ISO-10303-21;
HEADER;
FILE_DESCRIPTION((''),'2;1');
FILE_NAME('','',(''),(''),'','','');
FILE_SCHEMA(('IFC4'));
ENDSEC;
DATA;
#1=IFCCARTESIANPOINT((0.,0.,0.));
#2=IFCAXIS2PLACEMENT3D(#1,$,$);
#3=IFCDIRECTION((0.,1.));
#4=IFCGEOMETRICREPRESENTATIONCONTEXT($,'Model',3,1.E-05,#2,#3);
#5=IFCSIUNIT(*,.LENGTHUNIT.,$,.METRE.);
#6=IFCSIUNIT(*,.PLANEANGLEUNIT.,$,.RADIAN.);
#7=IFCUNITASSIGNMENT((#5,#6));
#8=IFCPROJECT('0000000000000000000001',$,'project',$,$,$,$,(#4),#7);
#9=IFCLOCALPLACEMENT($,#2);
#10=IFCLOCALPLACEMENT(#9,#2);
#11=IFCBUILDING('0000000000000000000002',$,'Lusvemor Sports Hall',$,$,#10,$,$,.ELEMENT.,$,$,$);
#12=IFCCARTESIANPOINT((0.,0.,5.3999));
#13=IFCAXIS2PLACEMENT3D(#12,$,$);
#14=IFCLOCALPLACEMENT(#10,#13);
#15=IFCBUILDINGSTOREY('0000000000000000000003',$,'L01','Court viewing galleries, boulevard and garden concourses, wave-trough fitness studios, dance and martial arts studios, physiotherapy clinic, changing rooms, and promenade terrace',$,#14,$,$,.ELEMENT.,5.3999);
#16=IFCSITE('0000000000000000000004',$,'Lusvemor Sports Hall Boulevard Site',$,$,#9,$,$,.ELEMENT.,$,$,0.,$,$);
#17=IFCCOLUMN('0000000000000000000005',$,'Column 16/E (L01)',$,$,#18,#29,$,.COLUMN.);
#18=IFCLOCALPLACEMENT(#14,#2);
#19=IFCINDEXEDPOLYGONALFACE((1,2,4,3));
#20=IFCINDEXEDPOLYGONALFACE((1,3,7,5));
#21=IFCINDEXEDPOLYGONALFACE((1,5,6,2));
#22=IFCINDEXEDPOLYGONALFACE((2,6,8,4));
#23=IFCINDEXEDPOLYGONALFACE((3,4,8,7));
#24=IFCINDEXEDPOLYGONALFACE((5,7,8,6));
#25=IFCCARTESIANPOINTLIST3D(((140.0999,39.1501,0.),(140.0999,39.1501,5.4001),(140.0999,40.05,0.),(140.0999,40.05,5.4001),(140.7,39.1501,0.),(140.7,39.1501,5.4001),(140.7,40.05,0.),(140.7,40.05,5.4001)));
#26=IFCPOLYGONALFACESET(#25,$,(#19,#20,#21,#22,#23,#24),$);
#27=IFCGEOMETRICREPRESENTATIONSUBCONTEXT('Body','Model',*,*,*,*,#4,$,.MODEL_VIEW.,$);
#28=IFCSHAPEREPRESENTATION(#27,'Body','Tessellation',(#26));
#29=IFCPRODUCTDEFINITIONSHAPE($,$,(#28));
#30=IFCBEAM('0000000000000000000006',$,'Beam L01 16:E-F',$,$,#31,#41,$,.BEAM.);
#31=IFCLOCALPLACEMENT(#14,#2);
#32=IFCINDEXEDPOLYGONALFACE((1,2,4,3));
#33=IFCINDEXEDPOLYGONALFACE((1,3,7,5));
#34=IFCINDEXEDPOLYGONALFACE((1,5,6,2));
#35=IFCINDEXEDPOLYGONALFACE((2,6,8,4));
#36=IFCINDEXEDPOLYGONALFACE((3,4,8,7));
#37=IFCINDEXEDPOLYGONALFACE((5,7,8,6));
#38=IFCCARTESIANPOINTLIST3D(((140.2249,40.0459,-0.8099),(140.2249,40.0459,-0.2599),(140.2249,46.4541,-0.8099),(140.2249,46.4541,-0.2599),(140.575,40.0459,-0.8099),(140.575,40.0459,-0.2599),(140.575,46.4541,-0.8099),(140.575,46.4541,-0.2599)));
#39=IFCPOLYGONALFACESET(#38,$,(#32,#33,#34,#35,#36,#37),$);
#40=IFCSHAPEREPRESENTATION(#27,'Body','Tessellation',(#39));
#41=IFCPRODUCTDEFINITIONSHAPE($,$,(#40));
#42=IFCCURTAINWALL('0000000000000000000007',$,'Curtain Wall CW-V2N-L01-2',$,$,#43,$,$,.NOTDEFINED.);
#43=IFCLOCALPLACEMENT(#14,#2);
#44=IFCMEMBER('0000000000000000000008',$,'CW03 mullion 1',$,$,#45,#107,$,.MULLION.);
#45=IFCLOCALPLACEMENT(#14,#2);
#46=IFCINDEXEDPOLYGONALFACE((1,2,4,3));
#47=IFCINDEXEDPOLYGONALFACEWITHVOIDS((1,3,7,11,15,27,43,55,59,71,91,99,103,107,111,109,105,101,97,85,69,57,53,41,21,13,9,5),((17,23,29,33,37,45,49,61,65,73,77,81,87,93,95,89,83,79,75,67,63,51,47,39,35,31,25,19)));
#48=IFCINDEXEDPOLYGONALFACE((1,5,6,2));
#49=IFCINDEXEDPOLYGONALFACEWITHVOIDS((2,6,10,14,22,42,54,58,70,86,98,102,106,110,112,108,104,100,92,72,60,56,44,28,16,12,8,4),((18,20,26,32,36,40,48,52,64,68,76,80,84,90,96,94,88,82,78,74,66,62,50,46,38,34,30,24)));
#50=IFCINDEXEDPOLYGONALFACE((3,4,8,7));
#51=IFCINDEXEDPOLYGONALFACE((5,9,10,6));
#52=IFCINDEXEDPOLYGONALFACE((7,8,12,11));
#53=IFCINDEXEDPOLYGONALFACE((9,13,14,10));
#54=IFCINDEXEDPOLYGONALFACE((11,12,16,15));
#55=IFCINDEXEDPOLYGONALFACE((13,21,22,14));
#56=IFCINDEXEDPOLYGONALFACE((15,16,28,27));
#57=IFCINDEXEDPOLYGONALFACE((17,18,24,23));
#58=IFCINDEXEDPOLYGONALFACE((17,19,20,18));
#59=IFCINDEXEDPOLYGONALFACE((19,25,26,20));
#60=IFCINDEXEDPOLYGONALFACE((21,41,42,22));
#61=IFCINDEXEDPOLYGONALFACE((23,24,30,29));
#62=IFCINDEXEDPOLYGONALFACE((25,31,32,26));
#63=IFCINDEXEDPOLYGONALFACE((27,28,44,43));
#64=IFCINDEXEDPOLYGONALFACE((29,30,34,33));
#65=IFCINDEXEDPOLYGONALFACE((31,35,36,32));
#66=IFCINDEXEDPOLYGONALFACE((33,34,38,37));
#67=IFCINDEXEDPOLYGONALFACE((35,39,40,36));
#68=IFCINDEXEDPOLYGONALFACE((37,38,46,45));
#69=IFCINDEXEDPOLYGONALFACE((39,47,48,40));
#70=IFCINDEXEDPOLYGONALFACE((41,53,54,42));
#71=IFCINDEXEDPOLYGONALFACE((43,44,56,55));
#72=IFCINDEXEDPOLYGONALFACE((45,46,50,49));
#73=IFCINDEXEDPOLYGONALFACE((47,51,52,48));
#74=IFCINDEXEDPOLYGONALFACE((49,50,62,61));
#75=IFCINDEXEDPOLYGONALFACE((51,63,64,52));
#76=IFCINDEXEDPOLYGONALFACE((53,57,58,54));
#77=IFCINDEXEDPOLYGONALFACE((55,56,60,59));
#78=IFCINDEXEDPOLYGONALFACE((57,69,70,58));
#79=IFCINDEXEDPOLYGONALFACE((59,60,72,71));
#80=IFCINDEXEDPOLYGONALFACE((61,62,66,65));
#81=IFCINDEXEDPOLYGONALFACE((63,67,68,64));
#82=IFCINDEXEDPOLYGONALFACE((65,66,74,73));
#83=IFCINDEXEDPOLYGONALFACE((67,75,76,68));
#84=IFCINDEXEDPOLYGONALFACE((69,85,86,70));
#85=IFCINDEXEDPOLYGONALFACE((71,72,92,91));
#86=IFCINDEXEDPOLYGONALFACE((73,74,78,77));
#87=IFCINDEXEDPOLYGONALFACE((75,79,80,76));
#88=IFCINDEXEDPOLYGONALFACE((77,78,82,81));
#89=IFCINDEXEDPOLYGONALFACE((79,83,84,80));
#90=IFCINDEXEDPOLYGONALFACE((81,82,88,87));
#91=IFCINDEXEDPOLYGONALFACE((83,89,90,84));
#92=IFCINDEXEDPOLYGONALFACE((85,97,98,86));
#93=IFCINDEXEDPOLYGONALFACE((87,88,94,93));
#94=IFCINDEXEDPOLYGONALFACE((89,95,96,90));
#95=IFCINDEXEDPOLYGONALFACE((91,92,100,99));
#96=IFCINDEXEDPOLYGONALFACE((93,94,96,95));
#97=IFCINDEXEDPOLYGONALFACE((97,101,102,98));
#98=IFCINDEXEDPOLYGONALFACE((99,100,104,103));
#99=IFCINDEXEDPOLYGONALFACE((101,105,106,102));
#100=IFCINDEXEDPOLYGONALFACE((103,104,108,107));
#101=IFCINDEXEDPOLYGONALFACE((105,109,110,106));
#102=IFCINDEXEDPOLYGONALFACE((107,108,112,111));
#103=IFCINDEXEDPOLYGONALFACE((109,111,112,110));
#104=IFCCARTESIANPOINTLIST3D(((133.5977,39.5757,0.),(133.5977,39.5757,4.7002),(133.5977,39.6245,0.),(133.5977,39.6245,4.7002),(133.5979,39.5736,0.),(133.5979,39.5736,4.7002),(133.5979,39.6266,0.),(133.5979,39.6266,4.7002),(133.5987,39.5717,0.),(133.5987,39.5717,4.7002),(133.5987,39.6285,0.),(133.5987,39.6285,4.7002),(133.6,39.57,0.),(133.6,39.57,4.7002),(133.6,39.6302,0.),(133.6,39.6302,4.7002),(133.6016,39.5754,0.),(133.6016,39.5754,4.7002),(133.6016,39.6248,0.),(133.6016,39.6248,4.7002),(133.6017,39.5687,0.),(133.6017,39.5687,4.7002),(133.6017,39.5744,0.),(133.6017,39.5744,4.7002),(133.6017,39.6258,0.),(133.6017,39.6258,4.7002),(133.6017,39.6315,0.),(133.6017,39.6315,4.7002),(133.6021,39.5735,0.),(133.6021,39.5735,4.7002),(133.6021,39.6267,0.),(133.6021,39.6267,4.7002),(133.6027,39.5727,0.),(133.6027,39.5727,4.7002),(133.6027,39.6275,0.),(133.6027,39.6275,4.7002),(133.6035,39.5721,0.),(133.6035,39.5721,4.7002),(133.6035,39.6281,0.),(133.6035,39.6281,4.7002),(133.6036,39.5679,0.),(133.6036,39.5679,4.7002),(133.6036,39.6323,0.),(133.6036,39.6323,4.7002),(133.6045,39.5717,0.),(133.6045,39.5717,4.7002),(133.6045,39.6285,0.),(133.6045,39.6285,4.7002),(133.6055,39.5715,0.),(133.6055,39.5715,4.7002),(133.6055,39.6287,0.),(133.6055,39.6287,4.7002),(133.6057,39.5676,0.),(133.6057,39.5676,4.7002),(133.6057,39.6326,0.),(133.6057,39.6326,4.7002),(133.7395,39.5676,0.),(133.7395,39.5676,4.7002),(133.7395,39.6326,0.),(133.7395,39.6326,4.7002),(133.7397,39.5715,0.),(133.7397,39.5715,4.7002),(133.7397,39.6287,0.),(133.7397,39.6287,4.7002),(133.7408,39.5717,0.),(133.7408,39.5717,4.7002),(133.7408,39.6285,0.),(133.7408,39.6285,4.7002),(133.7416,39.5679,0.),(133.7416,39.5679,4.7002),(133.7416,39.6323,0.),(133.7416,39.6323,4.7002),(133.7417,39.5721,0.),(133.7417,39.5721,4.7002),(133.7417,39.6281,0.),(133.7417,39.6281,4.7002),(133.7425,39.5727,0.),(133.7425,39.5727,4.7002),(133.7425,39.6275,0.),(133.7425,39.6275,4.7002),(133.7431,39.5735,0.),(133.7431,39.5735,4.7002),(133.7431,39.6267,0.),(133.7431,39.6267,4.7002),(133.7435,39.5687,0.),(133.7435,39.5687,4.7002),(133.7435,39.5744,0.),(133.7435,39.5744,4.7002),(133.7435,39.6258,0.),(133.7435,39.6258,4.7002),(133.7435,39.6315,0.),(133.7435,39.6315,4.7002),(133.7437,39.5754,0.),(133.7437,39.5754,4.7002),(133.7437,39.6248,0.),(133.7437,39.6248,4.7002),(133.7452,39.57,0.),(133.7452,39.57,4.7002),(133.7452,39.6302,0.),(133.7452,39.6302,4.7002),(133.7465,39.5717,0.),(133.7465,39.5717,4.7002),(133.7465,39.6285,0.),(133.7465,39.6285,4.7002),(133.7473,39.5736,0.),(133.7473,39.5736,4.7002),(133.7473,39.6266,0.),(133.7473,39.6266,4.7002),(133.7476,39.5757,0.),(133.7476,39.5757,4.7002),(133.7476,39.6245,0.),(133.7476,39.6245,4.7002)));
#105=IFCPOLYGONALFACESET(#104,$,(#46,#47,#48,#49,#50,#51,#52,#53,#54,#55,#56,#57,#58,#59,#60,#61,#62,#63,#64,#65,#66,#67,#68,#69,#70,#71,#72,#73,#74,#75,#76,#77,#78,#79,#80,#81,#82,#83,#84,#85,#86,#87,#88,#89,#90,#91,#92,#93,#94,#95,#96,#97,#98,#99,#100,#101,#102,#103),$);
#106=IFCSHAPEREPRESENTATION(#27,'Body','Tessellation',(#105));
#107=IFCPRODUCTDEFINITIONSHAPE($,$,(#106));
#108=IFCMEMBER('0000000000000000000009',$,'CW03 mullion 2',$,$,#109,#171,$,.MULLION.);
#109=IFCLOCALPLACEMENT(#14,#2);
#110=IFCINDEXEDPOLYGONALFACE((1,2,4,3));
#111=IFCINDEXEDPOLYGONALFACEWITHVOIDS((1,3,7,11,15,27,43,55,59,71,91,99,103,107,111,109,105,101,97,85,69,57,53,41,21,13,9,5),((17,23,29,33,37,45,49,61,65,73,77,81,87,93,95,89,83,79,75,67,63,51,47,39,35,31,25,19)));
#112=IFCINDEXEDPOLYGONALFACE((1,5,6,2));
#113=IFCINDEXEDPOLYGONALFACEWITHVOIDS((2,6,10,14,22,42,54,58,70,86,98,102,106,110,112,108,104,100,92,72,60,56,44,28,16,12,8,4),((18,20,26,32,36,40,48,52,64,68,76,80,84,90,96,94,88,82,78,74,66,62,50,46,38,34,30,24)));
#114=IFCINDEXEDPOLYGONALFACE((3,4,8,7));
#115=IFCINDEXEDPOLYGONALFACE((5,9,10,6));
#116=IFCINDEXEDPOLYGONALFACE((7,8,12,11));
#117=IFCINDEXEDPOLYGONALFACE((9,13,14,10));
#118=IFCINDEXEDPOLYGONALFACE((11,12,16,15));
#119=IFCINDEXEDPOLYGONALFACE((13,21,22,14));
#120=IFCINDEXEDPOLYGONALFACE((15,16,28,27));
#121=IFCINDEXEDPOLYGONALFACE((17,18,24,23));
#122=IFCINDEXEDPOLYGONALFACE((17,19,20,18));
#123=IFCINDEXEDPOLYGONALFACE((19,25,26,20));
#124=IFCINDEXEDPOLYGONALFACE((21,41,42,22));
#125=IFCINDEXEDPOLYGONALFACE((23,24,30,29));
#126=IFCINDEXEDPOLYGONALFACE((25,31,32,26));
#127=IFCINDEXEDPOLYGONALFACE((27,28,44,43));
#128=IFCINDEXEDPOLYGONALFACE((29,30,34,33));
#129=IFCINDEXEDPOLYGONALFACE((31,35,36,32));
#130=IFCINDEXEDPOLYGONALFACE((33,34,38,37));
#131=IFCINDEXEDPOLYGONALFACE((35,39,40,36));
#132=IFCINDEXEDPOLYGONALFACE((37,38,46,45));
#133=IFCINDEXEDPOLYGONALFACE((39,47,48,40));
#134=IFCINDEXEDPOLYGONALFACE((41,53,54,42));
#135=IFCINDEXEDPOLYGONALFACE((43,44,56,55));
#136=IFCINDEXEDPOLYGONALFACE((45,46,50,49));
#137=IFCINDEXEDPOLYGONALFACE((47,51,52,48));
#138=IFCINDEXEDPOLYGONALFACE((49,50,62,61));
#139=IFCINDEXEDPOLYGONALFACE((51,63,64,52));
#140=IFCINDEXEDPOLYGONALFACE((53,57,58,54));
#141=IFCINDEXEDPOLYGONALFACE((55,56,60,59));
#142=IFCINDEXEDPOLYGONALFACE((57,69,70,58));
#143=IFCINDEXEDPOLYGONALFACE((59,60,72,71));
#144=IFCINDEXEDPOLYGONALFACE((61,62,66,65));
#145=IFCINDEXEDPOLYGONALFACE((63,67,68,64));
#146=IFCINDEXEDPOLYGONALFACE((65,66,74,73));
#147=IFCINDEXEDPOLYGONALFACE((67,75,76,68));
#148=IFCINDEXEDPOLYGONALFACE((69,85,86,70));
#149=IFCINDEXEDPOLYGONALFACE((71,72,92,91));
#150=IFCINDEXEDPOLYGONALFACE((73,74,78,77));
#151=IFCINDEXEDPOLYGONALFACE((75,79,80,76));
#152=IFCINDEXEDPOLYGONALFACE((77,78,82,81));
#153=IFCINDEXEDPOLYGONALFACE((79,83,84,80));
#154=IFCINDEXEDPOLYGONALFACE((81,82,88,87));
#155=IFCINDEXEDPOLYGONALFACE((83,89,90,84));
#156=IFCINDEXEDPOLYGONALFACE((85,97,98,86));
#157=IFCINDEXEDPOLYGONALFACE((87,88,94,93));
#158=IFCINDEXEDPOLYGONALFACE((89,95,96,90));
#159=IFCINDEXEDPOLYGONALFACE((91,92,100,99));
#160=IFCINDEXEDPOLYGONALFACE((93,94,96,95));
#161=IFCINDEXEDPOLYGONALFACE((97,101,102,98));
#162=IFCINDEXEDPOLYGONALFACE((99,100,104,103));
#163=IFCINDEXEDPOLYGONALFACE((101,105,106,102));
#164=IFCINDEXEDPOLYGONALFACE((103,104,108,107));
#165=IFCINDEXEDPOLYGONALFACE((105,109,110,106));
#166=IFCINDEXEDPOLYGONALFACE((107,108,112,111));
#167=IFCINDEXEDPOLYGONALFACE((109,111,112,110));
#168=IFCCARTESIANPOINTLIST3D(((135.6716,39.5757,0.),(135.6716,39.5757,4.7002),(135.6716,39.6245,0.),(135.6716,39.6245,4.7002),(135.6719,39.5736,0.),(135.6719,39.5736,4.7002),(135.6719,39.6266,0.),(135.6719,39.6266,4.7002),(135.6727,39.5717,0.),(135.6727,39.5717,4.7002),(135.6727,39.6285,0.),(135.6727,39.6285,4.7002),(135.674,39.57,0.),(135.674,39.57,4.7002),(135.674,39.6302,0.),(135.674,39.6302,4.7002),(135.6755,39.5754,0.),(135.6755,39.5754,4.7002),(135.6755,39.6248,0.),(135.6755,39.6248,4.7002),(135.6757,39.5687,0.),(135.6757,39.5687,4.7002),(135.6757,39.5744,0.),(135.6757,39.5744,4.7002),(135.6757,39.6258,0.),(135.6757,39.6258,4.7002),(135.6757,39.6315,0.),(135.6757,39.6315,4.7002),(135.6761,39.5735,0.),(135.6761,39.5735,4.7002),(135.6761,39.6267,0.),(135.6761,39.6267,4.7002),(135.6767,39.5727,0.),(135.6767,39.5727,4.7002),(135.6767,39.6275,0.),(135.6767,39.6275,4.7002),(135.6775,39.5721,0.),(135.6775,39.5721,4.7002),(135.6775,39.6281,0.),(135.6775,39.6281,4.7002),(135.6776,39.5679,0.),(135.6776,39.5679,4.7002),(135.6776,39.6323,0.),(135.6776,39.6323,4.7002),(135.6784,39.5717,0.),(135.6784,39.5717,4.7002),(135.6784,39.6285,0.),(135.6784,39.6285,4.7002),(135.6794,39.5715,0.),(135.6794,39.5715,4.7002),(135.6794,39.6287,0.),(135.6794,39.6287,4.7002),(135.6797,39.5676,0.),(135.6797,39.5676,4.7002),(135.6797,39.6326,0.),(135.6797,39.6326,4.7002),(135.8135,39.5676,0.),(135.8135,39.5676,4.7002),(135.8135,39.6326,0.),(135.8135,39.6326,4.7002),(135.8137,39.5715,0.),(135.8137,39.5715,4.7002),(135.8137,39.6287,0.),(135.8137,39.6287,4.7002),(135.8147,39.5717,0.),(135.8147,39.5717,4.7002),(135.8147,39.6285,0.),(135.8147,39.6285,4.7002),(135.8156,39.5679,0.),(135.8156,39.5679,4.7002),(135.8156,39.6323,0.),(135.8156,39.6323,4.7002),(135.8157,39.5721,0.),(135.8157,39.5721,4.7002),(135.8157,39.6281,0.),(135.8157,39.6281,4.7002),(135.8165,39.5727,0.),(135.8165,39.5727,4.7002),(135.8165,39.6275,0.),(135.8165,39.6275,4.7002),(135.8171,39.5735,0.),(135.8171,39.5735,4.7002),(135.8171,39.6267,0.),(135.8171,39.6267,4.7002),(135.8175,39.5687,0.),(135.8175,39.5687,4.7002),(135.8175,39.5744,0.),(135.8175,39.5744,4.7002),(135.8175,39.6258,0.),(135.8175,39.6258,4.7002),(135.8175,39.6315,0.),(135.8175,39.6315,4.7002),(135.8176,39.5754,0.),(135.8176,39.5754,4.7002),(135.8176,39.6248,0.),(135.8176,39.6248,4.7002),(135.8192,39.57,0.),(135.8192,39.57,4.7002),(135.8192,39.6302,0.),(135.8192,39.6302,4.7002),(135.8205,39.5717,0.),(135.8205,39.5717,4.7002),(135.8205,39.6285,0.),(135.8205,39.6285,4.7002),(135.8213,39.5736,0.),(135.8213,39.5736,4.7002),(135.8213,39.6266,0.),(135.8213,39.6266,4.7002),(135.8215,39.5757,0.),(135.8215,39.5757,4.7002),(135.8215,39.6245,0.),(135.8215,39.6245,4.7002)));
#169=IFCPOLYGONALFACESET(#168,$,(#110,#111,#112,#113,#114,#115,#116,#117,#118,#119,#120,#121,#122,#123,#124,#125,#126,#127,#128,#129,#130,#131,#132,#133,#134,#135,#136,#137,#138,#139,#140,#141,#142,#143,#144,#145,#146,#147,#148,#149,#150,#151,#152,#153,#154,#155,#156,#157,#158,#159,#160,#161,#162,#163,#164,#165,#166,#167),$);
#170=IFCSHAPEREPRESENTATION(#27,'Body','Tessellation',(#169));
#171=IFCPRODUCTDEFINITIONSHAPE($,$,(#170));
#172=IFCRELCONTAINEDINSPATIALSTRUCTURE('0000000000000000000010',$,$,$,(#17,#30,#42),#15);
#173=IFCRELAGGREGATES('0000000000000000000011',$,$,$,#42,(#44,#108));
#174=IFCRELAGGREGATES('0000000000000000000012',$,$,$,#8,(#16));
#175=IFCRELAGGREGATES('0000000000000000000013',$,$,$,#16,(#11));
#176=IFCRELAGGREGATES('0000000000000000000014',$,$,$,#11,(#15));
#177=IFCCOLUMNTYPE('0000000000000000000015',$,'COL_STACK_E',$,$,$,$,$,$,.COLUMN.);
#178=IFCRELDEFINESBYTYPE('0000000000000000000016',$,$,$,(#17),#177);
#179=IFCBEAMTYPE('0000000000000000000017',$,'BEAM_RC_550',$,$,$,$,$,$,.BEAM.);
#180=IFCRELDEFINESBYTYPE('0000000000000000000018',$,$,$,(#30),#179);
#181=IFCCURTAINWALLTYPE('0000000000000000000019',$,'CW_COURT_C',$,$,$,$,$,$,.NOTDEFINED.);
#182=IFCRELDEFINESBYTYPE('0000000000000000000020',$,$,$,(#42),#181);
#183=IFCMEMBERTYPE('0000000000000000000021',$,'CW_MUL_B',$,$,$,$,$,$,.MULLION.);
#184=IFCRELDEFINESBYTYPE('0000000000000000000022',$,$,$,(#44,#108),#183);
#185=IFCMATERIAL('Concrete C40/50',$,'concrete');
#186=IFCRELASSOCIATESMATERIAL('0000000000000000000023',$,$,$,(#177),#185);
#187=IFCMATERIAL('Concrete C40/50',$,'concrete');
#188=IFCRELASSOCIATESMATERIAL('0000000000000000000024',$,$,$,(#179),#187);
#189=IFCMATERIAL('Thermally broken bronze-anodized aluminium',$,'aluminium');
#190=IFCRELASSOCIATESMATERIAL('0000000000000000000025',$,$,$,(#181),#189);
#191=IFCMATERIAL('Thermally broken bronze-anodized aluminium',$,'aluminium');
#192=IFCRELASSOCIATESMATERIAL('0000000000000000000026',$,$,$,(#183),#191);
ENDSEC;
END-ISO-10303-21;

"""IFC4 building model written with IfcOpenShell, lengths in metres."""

from ifc_helpers import new_model, si_unit, direction, frame, origin, origin_2d, place, context, subcontext, project, spatial, rectangle, hollow_rectangle, extrude, material, material_profile, profile_set, type_object, element, aggregate, save


model = new_model("IFC4")

# Units and contexts
model_context = context("Model", 3, precision=1e-05, world=origin(), true_north=direction((0.0, 1.0)))
body_context = subcontext(model_context, "Body", "Model", "MODEL_VIEW")
ifc_project = project(units=[si_unit("LENGTHUNIT", "METRE"), si_unit("PLANEANGLEUNIT", "RADIAN")], contexts=[model_context])

# Site, building, storey
site_placement = place(None, origin())
site = spatial("IfcSite", under=ifc_project, at=site_placement, Name="Lusvemor Sports Hall Boulevard Site", CompositionType="ELEMENT", RefElevation=0.0)
building_placement = place(site_placement, origin())
building = spatial("IfcBuilding", under=site, at=building_placement, Name="Lusvemor Sports Hall", CompositionType="ELEMENT")
storey_placement = place(building_placement, frame((0.0, 0.0, 5.3999)))
storey = spatial("IfcBuildingStorey", under=building, at=storey_placement, Name="L01", Description="Court viewing galleries, boulevard and garden concourses, wave-trough fitness studios, dance and martial arts studios, physiotherapy clinic, changing rooms, and promenade terrace", CompositionType="ELEMENT", Elevation=5.3999)

# Column
ifc_material_1 = material(Name="Concrete C40/50", Category="concrete")
ifc_material_profile_1 = material_profile(ifc_material_1, rectangle(XDim=0.6001, YDim=0.8999, at=origin_2d()), Name="RC600x900")
ifc_profile_set_1 = profile_set([ifc_material_profile_1], Name="Concrete C40/50")
column_type = type_object("IfcColumnType", Name="COL_STACK_E", PredefinedType="COLUMN", material=ifc_profile_set_1)
column_placement = place(storey_placement, frame((140.3999, 39.6001, 0.0), z_axis=(0.0, 0.0, 1.0), x_axis=(1.0, 0.0, 0.0)))
element("IfcColumn", 1, at=column_placement, inside=storey, type_object=column_type, Name="Column 16/E (L01)", PredefinedType="COLUMN", context=body_context, shape_type="SweptSolid", body=[
    extrude(rectangle(XDim=0.6001, YDim=0.8999, at=origin_2d()), origin(), (0.0, 0.0, 1.0), 5.4001),
])

# Beam
ifc_material_2 = material(Name="Concrete C40/50", Category="concrete")
ifc_material_profile_2 = material_profile(ifc_material_2, rectangle(XDim=0.3501, YDim=0.55, at=origin_2d()), Name="RC350x550")
ifc_profile_set_2 = profile_set([ifc_material_profile_2], Name="Concrete C40/50")
beam_type_1 = type_object("IfcBeamType", Name="BEAM_RC_550", PredefinedType="BEAM", material=ifc_profile_set_2)
beam_1_placement = place(storey_placement, frame((140.3999, 40.0459, -0.5349), z_axis=(0.0, 1.0, 0.0), x_axis=(-1.0, 0.0, 0.0)))
element("IfcBeam", 2, at=beam_1_placement, inside=storey, type_object=beam_type_1, Name="Beam L01 16:E-F", PredefinedType="BEAM", context=body_context, shape_type="SweptSolid", body=[
    extrude(rectangle(XDim=0.3501, YDim=0.55, at=origin_2d()), origin(), (0.0, 0.0, 1.0), 6.4082),
])

# Curtain wall, members
ifc_material_3 = material(Name="Thermally broken bronze-anodized aluminium", Category="aluminium")
curtain_wall_type = type_object("IfcCurtainWallType", Name="CW_COURT_C", PredefinedType="NOTDEFINED", material=ifc_material_3)
curtain_wall_placement = place(storey_placement, origin())
curtain_wall = element("IfcCurtainWall", 3, at=curtain_wall_placement, inside=storey, type_object=curtain_wall_type, Name="Curtain Wall CW-V2N-L01-2", PredefinedType="NOTDEFINED")
ifc_material_4 = material(Name="Thermally broken bronze-anodized aluminium", Category="aluminium")
ifc_material_profile_3 = material_profile(ifc_material_4, hollow_rectangle(XDim=0.0649, YDim=0.1499, WallThickness=0.0039, InnerFilletRadius=0.0039, OuterFilletRadius=0.0081, at=origin_2d()), Name="CWMUL150x65x4")
ifc_profile_set_3 = profile_set([ifc_material_profile_3], Name="Thermally broken bronze-anodized aluminium")
member_type_1 = type_object("IfcMemberType", Name="CW_MUL_B", PredefinedType="MULLION", material=ifc_profile_set_3)
member_1_placement = place(storey_placement, frame((133.6726, 39.6001, 0.0), z_axis=(0.0, 0.0, 1.0), x_axis=(0.0, 1.0, 0.0)))
member_1 = element("IfcMember", 4, at=member_1_placement, type_object=member_type_1, Name="CW03 mullion 1", PredefinedType="MULLION", context=body_context, shape_type="SweptSolid", body=[
    extrude(hollow_rectangle(XDim=0.0649, YDim=0.1499, WallThickness=0.0039, InnerFilletRadius=0.0039, OuterFilletRadius=0.0081, at=origin_2d()), origin(), (0.0, 0.0, 1.0), 4.7002),
])
member_2_placement = place(storey_placement, frame((135.7466, 39.6001, 0.0), z_axis=(0.0, 0.0, 1.0), x_axis=(0.0, 1.0, 0.0)))
member_2 = element("IfcMember", 5, at=member_2_placement, type_object=member_type_1, Name="CW03 mullion 2", PredefinedType="MULLION", context=body_context, shape_type="SweptSolid", body=[
    extrude(hollow_rectangle(XDim=0.0649, YDim=0.1499, WallThickness=0.0039, InnerFilletRadius=0.0039, OuterFilletRadius=0.0081, at=origin_2d()), origin(), (0.0, 0.0, 1.0), 4.7002),
])

aggregate(curtain_wall, [member_1, member_2])

save(model, "model.ifc")
